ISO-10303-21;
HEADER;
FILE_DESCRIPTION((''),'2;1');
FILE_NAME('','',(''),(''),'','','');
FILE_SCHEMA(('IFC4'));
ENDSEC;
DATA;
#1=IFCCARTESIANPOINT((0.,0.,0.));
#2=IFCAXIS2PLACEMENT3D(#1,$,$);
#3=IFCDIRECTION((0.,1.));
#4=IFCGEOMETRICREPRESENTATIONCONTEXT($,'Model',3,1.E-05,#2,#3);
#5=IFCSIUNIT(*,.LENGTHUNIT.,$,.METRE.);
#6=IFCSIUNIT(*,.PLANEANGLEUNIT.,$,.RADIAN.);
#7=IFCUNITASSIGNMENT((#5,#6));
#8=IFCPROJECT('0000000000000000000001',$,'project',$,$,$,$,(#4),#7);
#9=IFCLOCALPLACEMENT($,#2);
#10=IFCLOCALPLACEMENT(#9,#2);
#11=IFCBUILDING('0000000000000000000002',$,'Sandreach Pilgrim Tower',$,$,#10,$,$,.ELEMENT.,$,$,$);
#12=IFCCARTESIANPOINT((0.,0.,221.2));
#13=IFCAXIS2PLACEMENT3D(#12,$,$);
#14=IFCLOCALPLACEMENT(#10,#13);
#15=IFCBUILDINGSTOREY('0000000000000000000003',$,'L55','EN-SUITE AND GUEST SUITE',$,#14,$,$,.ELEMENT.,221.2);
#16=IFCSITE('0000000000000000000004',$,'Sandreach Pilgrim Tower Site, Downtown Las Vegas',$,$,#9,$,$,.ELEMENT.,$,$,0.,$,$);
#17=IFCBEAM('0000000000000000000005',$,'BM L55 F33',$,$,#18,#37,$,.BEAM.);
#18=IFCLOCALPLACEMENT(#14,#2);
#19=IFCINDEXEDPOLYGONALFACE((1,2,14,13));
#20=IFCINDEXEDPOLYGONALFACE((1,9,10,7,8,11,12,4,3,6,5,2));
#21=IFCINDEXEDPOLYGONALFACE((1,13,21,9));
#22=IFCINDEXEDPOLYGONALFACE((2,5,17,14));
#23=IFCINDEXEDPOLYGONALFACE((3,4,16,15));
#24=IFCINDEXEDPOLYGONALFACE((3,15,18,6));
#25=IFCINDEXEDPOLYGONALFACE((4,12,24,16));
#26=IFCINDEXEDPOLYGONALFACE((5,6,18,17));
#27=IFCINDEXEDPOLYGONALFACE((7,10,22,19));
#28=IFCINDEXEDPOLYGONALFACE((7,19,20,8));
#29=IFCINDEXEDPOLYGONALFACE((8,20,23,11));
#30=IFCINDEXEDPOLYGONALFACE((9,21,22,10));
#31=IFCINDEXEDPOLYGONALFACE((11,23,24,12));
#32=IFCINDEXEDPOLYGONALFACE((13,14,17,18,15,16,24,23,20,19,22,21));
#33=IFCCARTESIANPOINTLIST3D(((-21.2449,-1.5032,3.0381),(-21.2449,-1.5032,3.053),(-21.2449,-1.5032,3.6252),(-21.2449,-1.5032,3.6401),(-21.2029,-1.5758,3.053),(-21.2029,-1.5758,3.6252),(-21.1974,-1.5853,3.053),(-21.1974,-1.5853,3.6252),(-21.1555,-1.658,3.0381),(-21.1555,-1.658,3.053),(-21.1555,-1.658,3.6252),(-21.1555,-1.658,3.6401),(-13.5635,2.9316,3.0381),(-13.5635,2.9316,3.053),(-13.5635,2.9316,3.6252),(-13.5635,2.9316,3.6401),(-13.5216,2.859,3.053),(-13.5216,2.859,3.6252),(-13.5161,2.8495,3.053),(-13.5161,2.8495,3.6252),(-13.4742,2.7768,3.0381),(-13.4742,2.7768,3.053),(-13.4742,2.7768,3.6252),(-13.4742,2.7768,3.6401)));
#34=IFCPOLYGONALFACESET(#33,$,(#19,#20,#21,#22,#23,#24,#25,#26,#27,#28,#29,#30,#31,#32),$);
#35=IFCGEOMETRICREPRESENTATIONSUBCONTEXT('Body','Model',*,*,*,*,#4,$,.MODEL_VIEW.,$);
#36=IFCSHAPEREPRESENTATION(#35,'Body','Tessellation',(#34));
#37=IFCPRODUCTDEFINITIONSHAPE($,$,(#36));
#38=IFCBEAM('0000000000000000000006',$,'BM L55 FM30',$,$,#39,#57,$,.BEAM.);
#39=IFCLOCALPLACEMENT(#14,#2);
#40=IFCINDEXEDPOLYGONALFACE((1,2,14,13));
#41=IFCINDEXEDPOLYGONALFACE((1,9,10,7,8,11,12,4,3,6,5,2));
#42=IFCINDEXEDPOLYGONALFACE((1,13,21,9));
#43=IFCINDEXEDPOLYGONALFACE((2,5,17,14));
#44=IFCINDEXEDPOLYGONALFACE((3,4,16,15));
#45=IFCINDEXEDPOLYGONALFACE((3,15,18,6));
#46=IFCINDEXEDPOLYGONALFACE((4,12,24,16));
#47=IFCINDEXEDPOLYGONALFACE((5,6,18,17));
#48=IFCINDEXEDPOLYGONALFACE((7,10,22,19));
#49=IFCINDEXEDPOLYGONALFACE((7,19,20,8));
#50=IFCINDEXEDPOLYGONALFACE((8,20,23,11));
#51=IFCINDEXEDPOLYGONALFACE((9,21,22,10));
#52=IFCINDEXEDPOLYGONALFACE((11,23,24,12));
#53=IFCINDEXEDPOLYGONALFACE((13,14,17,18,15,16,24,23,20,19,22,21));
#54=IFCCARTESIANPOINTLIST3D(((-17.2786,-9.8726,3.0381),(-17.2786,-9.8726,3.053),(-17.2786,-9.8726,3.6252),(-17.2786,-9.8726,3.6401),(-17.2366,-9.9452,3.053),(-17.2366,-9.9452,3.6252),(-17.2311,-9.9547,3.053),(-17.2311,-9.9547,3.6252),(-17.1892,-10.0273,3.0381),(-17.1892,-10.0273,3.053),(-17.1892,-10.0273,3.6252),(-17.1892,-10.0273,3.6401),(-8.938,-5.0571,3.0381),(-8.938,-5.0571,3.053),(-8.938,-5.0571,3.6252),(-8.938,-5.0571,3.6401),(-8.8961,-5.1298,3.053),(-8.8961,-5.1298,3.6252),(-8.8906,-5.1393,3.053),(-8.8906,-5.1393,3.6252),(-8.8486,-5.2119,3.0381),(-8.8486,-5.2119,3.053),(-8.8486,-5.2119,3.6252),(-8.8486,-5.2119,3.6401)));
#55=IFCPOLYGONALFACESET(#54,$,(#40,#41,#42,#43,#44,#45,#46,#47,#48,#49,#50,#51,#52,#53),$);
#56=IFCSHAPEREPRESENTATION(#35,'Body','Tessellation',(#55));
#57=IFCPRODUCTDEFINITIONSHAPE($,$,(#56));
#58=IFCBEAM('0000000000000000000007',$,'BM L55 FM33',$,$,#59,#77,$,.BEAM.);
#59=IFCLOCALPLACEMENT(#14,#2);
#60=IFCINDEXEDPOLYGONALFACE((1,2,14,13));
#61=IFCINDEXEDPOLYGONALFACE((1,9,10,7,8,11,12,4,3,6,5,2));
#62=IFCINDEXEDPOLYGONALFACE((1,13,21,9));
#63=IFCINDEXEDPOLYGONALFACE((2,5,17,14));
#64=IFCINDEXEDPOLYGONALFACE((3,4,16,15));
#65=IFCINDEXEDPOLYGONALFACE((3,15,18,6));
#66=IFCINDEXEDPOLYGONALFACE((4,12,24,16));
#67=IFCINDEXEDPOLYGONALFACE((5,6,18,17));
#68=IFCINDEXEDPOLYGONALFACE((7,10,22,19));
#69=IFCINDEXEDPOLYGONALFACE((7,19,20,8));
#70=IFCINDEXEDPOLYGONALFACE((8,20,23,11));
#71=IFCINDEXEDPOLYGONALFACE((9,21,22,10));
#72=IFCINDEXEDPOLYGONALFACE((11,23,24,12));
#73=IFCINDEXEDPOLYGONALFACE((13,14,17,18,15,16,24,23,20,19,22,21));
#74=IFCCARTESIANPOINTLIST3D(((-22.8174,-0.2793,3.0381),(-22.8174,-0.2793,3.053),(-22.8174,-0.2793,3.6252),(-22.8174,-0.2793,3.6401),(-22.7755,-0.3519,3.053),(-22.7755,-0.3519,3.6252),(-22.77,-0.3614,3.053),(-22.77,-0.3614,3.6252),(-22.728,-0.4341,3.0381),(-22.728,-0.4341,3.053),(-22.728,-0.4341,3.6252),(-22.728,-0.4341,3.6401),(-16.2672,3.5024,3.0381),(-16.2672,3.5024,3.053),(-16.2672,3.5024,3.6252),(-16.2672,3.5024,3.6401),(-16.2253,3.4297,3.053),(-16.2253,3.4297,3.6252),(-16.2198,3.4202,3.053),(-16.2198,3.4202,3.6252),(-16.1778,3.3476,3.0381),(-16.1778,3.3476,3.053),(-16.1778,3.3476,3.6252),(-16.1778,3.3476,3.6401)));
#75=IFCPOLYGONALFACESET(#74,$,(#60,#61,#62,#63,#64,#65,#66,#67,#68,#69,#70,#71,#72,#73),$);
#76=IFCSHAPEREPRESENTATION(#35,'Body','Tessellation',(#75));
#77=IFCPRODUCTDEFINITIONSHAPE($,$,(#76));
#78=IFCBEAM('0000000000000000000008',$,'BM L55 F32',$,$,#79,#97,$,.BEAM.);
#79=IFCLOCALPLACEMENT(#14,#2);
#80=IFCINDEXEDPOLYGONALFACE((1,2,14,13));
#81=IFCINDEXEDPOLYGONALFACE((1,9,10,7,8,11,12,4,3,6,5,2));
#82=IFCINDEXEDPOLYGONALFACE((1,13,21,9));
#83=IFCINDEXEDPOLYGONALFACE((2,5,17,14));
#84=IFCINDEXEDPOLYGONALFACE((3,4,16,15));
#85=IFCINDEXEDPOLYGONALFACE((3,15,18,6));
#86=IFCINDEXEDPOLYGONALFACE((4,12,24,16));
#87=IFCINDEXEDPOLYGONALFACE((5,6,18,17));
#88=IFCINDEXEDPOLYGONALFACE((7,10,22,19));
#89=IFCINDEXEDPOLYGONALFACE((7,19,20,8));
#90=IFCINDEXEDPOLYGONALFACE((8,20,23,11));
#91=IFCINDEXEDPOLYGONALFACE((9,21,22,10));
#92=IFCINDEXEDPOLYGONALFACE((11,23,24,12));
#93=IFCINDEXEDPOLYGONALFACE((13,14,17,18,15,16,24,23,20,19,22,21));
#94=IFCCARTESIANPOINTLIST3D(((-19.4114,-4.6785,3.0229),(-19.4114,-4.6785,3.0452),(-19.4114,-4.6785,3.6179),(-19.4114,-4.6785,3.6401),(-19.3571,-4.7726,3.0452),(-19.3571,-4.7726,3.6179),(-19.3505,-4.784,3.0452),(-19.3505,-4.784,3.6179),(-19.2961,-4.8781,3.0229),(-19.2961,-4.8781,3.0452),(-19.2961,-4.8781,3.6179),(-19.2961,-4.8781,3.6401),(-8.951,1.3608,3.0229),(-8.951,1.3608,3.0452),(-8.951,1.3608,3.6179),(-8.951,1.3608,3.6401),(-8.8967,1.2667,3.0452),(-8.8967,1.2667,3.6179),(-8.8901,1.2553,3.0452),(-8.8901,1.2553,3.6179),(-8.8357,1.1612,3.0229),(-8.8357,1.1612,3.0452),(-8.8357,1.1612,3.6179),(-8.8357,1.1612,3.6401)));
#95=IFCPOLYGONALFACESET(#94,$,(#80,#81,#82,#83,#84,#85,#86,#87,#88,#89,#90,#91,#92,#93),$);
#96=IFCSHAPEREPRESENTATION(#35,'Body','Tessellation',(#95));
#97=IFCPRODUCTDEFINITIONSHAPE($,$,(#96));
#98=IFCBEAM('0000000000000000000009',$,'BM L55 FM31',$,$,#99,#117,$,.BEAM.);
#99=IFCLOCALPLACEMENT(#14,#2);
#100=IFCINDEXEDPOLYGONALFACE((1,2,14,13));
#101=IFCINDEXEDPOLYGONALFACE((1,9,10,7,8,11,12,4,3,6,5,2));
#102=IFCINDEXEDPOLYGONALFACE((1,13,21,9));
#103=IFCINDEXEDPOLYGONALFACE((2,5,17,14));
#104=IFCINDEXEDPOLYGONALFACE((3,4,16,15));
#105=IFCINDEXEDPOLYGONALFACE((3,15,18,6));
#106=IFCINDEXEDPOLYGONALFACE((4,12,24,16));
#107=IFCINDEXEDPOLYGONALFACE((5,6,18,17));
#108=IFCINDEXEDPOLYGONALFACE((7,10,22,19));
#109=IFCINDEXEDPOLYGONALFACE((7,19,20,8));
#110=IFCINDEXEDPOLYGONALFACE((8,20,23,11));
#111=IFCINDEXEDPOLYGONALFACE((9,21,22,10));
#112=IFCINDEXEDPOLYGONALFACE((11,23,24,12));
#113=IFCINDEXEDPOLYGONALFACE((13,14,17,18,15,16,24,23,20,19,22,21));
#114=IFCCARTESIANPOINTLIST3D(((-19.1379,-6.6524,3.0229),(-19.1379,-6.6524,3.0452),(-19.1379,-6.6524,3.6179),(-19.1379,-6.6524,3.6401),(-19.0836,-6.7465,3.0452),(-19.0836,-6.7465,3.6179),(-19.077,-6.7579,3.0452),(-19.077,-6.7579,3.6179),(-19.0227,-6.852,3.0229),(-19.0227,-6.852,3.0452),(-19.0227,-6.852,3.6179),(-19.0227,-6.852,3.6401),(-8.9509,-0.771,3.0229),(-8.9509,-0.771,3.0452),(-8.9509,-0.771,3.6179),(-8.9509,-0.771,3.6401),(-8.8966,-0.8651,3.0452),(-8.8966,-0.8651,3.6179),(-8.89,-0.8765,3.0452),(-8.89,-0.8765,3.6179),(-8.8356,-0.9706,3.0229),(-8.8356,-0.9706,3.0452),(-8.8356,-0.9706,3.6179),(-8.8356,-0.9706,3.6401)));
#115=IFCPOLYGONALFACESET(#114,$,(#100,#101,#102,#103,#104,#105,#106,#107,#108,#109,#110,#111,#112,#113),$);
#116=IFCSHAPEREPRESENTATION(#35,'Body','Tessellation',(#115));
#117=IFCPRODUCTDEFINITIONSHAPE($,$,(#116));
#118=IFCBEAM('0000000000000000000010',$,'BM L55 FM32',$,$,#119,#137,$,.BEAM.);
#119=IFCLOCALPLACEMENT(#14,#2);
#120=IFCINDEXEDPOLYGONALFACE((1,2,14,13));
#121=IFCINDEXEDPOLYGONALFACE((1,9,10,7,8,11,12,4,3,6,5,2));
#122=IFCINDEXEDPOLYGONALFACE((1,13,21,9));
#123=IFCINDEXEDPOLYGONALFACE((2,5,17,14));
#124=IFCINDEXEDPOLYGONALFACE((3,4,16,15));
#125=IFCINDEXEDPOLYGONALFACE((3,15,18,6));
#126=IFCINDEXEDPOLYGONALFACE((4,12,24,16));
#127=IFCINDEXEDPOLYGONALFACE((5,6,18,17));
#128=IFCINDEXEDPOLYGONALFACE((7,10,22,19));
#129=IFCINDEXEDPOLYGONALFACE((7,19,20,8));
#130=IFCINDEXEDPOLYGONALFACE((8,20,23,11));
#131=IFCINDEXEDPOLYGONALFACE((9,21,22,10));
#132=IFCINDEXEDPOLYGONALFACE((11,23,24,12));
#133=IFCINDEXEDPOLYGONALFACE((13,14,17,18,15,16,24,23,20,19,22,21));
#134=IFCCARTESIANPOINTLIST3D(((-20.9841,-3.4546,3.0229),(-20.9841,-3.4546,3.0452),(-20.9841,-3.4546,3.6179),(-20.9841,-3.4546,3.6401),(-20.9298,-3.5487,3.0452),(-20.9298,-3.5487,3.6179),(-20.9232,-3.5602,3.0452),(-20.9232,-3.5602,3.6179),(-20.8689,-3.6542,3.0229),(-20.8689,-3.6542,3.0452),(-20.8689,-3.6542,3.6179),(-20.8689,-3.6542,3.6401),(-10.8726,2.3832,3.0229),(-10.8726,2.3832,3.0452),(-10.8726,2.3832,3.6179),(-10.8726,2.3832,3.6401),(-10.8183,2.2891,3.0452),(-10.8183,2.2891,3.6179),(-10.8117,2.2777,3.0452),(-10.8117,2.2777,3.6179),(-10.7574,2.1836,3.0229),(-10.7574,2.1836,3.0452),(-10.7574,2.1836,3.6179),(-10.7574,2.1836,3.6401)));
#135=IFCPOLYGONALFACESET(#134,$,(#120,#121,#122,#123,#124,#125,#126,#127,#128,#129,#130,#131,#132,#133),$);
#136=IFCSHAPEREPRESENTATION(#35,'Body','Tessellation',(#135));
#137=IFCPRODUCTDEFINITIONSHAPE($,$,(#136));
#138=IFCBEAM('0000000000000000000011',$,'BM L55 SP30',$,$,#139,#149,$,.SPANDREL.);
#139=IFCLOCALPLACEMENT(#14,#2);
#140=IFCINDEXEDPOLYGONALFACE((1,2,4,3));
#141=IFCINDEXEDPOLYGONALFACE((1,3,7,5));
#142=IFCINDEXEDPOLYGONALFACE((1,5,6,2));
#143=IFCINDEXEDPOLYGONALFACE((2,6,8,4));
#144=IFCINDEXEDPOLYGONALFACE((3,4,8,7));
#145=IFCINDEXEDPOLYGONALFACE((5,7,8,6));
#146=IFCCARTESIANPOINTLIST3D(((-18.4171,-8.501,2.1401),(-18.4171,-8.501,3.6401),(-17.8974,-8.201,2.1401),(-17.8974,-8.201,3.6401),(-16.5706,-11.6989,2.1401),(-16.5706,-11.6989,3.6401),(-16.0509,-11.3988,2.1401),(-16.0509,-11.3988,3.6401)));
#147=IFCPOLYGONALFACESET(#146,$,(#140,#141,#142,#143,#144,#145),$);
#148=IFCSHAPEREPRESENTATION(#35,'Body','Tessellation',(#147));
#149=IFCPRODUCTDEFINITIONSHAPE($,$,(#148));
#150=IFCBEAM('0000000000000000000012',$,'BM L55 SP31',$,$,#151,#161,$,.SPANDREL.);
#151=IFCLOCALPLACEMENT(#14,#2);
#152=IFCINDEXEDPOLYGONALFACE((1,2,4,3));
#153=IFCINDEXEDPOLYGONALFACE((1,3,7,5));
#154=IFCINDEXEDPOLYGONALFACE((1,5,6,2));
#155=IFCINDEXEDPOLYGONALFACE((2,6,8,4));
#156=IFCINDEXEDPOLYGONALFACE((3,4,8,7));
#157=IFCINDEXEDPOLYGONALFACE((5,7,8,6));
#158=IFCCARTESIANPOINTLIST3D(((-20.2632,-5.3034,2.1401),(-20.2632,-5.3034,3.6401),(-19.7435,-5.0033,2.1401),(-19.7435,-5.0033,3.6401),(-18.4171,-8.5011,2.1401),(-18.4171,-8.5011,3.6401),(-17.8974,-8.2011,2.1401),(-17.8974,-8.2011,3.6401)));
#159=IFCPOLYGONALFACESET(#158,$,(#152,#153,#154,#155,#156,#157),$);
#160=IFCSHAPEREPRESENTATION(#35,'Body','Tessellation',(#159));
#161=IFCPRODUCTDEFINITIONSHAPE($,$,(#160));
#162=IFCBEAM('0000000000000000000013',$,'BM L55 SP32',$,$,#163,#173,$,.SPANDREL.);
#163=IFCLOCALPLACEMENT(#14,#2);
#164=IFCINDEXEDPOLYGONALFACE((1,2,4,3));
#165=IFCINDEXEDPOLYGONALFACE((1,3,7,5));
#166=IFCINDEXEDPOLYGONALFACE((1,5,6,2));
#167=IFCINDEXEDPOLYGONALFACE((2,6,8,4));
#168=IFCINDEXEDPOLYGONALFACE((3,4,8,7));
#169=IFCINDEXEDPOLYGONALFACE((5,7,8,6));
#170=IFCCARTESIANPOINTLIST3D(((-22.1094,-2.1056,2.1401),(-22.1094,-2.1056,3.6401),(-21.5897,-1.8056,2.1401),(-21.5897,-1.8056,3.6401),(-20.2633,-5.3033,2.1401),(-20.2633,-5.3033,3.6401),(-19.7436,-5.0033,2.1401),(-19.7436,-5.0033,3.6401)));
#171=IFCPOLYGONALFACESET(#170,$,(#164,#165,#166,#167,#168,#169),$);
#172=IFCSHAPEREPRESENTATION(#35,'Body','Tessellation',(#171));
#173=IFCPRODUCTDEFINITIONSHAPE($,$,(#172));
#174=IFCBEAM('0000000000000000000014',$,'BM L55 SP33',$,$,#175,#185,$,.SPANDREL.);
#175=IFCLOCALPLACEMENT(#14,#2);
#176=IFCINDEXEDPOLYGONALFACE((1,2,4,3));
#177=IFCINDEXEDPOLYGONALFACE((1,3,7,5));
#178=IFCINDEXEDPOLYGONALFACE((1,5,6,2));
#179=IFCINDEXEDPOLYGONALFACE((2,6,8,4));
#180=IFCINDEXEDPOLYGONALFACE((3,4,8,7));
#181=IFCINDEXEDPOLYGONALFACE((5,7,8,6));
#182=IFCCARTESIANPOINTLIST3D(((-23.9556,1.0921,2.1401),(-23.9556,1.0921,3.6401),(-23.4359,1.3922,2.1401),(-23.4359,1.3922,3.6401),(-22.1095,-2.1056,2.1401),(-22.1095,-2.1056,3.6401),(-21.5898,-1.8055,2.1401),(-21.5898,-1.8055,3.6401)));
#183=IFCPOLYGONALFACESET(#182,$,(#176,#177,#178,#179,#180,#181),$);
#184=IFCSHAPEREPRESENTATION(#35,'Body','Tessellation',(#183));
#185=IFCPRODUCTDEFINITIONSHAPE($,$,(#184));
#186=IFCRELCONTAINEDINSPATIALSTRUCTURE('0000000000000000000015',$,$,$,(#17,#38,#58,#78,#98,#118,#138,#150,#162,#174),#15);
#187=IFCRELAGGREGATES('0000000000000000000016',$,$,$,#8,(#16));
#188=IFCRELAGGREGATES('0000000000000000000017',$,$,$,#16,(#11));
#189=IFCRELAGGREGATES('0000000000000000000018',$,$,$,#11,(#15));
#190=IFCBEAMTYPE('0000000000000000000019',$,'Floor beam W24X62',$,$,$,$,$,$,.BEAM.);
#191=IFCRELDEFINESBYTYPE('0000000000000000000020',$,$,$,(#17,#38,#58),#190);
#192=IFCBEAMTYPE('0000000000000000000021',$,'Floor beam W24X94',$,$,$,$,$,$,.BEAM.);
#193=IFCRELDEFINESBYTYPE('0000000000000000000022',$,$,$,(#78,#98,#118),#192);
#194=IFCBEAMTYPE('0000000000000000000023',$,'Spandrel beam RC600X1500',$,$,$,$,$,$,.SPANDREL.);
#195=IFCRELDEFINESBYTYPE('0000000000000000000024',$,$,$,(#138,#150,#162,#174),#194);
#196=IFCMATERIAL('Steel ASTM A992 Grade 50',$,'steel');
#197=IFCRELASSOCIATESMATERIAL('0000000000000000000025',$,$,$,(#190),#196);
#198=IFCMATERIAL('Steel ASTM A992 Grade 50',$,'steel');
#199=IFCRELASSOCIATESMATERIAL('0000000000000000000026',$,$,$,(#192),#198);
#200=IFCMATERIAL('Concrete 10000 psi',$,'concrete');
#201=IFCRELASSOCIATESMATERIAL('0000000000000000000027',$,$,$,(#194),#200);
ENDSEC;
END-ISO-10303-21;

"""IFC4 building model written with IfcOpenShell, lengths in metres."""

from ifc_helpers import new_model, si_unit, direction, frame, origin, origin_2d, place, context, subcontext, project, spatial, rectangle, i_section, extrude, material, material_profile, profile_set, type_object, element, save


model = new_model("IFC4")

# Units and contexts
model_context = context("Model", 3, precision=1e-05, world=origin(), true_north=direction((0.0, 1.0)))
body_context = subcontext(model_context, "Body", "Model", "MODEL_VIEW")
ifc_project = project(units=[si_unit("LENGTHUNIT", "METRE"), si_unit("PLANEANGLEUNIT", "RADIAN")], contexts=[model_context])

# Site, building, storey
site_placement = place(None, origin())
site = spatial("IfcSite", under=ifc_project, at=site_placement, Name="Sandreach Pilgrim Tower Site, Downtown Las Vegas", CompositionType="ELEMENT", RefElevation=0.0)
building_placement = place(site_placement, origin())
building = spatial("IfcBuilding", under=site, at=building_placement, Name="Sandreach Pilgrim Tower", CompositionType="ELEMENT")
storey_placement = place(building_placement, frame((0.0, 0.0, 221.2)))
storey = spatial("IfcBuildingStorey", under=building, at=storey_placement, Name="L55", Description="EN-SUITE AND GUEST SUITE", CompositionType="ELEMENT", Elevation=221.2)

# Beams
ifc_material_1 = material(Name="Steel ASTM A992 Grade 50", Category="steel")
ifc_material_profile_1 = material_profile(ifc_material_1, i_section(OverallWidth=0.1787, OverallDepth=0.6021, WebThickness=0.011, FlangeThickness=0.0149, at=origin_2d()), Name="W24X62")
ifc_profile_set_1 = profile_set([ifc_material_profile_1], Name="Steel ASTM A992 Grade 50")
beam_type_1 = type_object("IfcBeamType", Name="Floor beam W24X62", PredefinedType="BEAM", material=ifc_profile_set_1)
beam_1_placement = place(storey_placement, frame((-21.2002, -1.5806, 3.3391), z_axis=(0.866027, 0.499996, 0.0), x_axis=(-0.499996, 0.866027, 0.0)))
element("IfcBeam", 1, at=beam_1_placement, inside=storey, type_object=beam_type_1, Name="BM L55 F33", PredefinedType="BEAM", context=body_context, shape_type="SweptSolid", body=[
    extrude(i_section(OverallWidth=0.1787, OverallDepth=0.6021, WebThickness=0.011, FlangeThickness=0.0149, at=origin_2d()), origin(), (0.0, 0.0, 1.0), 8.8696),
])
beam_2_placement = place(storey_placement, frame((-17.2339, -9.95, 3.3391), z_axis=(0.866026, 0.5, 0.0), x_axis=(-0.5, 0.866026, 0.0)))
element("IfcBeam", 2, at=beam_2_placement, inside=storey, type_object=beam_type_1, Name="BM L55 FM30", PredefinedType="BEAM", context=body_context, shape_type="SweptSolid", body=[
    extrude(i_section(OverallWidth=0.1787, OverallDepth=0.6021, WebThickness=0.011, FlangeThickness=0.0149, at=origin_2d()), origin(), (0.0, 0.0, 1.0), 9.6309),
])
beam_3_placement = place(storey_placement, frame((-22.7727, -0.3567, 3.3391), z_axis=(0.86603, 0.499993, 0.0), x_axis=(-0.499993, 0.86603, 0.0)))
element("IfcBeam", 3, at=beam_3_placement, inside=storey, type_object=beam_type_1, Name="BM L55 FM33", PredefinedType="BEAM", context=body_context, shape_type="SweptSolid", body=[
    extrude(i_section(OverallWidth=0.1787, OverallDepth=0.6021, WebThickness=0.011, FlangeThickness=0.0149, at=origin_2d()), origin(), (0.0, 0.0, 1.0), 7.5635),
])
ifc_material_2 = material(Name="Steel ASTM A992 Grade 50", Category="steel")
ifc_material_profile_2 = material_profile(ifc_material_2, i_section(OverallWidth=0.2305, OverallDepth=0.6172, WebThickness=0.0132, FlangeThickness=0.0222, at=origin_2d()), Name="W24X94")
ifc_profile_set_2 = profile_set([ifc_material_profile_2], Name="Steel ASTM A992 Grade 50")
beam_type_2 = type_object("IfcBeamType", Name="Floor beam W24X94", PredefinedType="BEAM", material=ifc_profile_set_2)
beam_4_placement = place(storey_placement, frame((-19.3538, -4.7783, 3.3315), z_axis=(0.866027, 0.499998, 0.0), x_axis=(-0.499998, 0.866027, 0.0)))
element("IfcBeam", 4, at=beam_4_placement, inside=storey, type_object=beam_type_2, Name="BM L55 F32", PredefinedType="BEAM", context=body_context, shape_type="SweptSolid", body=[
    extrude(i_section(OverallWidth=0.2305, OverallDepth=0.6172, WebThickness=0.0132, FlangeThickness=0.0222, at=origin_2d()), origin(), (0.0, 0.0, 1.0), 12.0786),
])
beam_5_placement = place(storey_placement, frame((-19.0803, -6.7522, 3.3315), z_axis=(0.86603, 0.499992, 0.0), x_axis=(-0.499992, 0.86603, 0.0)))
element("IfcBeam", 5, at=beam_5_placement, inside=storey, type_object=beam_type_2, Name="BM L55 FM31", PredefinedType="BEAM", context=body_context, shape_type="SweptSolid", body=[
    extrude(i_section(OverallWidth=0.2305, OverallDepth=0.6172, WebThickness=0.0132, FlangeThickness=0.0222, at=origin_2d()), origin(), (0.0, 0.0, 1.0), 11.7629),
])
beam_6_placement = place(storey_placement, frame((-20.9265, -3.5544, 3.3315), z_axis=(0.866026, 0.499998, 0.0), x_axis=(-0.499998, 0.866026, 0.0)))
element("IfcBeam", 6, at=beam_6_placement, inside=storey, type_object=beam_type_2, Name="BM L55 FM32", PredefinedType="BEAM", context=body_context, shape_type="SweptSolid", body=[
    extrude(i_section(OverallWidth=0.2305, OverallDepth=0.6172, WebThickness=0.0132, FlangeThickness=0.0222, at=origin_2d()), origin(), (0.0, 0.0, 1.0), 11.6758),
])
ifc_material_3 = material(Name="Concrete 10000 psi", Category="concrete")
ifc_material_profile_3 = material_profile(ifc_material_3, rectangle(XDim=0.6001, YDim=1.5, at=origin_2d()), Name="RC600X1500")
ifc_profile_set_3 = profile_set([ifc_material_profile_3], Name="Concrete 10000 psi")
beam_type_3 = type_object("IfcBeamType", Name="Spandrel beam RC600X1500", PredefinedType="SPANDREL", material=ifc_profile_set_3)
beam_7_placement = place(storey_placement, frame((-16.3108, -11.5488, 2.8901), z_axis=(-0.500043, 0.866001, 0.0), x_axis=(-0.866001, -0.500043, 0.0)))
element("IfcBeam", 7, at=beam_7_placement, inside=storey, type_object=beam_type_3, Name="BM L55 SP30", PredefinedType="SPANDREL", context=body_context, shape_type="SweptSolid", body=[
    extrude(rectangle(XDim=0.6001, YDim=1.5, at=origin_2d()), origin(), (0.0, 0.0, 1.0), 3.6926),
])
for number, where, z_axis, x_axis, name in (
    (8, (-18.1572, -8.3511, 2.8901), (-0.499993, 0.866029, 0.0), (-0.866029, -0.499993, 0.0), "BM L55 SP31"),
    (9, (-20.0034, -5.1533, 2.8901), (-0.499993, 0.866029, 0.0), (-0.866029, -0.499993, 0.0), "BM L55 SP32"),
    (10, (-21.8496, -1.9556, 2.8901), (-0.499993, 0.866029, 0.0), (-0.866029, -0.499993, 0.0), "BM L55 SP33"),
):
    element("IfcBeam", number, at=place(storey_placement, frame(where, z_axis=z_axis, x_axis=x_axis)), inside=storey, type_object=beam_type_3, Name=name, PredefinedType="SPANDREL", context=body_context, shape_type="SweptSolid", body=[
        extrude(rectangle(XDim=0.6001, YDim=1.5, at=origin_2d()), origin(), (0.0, 0.0, 1.0), 3.6924),
    ])

save(model, "model.ifc")
